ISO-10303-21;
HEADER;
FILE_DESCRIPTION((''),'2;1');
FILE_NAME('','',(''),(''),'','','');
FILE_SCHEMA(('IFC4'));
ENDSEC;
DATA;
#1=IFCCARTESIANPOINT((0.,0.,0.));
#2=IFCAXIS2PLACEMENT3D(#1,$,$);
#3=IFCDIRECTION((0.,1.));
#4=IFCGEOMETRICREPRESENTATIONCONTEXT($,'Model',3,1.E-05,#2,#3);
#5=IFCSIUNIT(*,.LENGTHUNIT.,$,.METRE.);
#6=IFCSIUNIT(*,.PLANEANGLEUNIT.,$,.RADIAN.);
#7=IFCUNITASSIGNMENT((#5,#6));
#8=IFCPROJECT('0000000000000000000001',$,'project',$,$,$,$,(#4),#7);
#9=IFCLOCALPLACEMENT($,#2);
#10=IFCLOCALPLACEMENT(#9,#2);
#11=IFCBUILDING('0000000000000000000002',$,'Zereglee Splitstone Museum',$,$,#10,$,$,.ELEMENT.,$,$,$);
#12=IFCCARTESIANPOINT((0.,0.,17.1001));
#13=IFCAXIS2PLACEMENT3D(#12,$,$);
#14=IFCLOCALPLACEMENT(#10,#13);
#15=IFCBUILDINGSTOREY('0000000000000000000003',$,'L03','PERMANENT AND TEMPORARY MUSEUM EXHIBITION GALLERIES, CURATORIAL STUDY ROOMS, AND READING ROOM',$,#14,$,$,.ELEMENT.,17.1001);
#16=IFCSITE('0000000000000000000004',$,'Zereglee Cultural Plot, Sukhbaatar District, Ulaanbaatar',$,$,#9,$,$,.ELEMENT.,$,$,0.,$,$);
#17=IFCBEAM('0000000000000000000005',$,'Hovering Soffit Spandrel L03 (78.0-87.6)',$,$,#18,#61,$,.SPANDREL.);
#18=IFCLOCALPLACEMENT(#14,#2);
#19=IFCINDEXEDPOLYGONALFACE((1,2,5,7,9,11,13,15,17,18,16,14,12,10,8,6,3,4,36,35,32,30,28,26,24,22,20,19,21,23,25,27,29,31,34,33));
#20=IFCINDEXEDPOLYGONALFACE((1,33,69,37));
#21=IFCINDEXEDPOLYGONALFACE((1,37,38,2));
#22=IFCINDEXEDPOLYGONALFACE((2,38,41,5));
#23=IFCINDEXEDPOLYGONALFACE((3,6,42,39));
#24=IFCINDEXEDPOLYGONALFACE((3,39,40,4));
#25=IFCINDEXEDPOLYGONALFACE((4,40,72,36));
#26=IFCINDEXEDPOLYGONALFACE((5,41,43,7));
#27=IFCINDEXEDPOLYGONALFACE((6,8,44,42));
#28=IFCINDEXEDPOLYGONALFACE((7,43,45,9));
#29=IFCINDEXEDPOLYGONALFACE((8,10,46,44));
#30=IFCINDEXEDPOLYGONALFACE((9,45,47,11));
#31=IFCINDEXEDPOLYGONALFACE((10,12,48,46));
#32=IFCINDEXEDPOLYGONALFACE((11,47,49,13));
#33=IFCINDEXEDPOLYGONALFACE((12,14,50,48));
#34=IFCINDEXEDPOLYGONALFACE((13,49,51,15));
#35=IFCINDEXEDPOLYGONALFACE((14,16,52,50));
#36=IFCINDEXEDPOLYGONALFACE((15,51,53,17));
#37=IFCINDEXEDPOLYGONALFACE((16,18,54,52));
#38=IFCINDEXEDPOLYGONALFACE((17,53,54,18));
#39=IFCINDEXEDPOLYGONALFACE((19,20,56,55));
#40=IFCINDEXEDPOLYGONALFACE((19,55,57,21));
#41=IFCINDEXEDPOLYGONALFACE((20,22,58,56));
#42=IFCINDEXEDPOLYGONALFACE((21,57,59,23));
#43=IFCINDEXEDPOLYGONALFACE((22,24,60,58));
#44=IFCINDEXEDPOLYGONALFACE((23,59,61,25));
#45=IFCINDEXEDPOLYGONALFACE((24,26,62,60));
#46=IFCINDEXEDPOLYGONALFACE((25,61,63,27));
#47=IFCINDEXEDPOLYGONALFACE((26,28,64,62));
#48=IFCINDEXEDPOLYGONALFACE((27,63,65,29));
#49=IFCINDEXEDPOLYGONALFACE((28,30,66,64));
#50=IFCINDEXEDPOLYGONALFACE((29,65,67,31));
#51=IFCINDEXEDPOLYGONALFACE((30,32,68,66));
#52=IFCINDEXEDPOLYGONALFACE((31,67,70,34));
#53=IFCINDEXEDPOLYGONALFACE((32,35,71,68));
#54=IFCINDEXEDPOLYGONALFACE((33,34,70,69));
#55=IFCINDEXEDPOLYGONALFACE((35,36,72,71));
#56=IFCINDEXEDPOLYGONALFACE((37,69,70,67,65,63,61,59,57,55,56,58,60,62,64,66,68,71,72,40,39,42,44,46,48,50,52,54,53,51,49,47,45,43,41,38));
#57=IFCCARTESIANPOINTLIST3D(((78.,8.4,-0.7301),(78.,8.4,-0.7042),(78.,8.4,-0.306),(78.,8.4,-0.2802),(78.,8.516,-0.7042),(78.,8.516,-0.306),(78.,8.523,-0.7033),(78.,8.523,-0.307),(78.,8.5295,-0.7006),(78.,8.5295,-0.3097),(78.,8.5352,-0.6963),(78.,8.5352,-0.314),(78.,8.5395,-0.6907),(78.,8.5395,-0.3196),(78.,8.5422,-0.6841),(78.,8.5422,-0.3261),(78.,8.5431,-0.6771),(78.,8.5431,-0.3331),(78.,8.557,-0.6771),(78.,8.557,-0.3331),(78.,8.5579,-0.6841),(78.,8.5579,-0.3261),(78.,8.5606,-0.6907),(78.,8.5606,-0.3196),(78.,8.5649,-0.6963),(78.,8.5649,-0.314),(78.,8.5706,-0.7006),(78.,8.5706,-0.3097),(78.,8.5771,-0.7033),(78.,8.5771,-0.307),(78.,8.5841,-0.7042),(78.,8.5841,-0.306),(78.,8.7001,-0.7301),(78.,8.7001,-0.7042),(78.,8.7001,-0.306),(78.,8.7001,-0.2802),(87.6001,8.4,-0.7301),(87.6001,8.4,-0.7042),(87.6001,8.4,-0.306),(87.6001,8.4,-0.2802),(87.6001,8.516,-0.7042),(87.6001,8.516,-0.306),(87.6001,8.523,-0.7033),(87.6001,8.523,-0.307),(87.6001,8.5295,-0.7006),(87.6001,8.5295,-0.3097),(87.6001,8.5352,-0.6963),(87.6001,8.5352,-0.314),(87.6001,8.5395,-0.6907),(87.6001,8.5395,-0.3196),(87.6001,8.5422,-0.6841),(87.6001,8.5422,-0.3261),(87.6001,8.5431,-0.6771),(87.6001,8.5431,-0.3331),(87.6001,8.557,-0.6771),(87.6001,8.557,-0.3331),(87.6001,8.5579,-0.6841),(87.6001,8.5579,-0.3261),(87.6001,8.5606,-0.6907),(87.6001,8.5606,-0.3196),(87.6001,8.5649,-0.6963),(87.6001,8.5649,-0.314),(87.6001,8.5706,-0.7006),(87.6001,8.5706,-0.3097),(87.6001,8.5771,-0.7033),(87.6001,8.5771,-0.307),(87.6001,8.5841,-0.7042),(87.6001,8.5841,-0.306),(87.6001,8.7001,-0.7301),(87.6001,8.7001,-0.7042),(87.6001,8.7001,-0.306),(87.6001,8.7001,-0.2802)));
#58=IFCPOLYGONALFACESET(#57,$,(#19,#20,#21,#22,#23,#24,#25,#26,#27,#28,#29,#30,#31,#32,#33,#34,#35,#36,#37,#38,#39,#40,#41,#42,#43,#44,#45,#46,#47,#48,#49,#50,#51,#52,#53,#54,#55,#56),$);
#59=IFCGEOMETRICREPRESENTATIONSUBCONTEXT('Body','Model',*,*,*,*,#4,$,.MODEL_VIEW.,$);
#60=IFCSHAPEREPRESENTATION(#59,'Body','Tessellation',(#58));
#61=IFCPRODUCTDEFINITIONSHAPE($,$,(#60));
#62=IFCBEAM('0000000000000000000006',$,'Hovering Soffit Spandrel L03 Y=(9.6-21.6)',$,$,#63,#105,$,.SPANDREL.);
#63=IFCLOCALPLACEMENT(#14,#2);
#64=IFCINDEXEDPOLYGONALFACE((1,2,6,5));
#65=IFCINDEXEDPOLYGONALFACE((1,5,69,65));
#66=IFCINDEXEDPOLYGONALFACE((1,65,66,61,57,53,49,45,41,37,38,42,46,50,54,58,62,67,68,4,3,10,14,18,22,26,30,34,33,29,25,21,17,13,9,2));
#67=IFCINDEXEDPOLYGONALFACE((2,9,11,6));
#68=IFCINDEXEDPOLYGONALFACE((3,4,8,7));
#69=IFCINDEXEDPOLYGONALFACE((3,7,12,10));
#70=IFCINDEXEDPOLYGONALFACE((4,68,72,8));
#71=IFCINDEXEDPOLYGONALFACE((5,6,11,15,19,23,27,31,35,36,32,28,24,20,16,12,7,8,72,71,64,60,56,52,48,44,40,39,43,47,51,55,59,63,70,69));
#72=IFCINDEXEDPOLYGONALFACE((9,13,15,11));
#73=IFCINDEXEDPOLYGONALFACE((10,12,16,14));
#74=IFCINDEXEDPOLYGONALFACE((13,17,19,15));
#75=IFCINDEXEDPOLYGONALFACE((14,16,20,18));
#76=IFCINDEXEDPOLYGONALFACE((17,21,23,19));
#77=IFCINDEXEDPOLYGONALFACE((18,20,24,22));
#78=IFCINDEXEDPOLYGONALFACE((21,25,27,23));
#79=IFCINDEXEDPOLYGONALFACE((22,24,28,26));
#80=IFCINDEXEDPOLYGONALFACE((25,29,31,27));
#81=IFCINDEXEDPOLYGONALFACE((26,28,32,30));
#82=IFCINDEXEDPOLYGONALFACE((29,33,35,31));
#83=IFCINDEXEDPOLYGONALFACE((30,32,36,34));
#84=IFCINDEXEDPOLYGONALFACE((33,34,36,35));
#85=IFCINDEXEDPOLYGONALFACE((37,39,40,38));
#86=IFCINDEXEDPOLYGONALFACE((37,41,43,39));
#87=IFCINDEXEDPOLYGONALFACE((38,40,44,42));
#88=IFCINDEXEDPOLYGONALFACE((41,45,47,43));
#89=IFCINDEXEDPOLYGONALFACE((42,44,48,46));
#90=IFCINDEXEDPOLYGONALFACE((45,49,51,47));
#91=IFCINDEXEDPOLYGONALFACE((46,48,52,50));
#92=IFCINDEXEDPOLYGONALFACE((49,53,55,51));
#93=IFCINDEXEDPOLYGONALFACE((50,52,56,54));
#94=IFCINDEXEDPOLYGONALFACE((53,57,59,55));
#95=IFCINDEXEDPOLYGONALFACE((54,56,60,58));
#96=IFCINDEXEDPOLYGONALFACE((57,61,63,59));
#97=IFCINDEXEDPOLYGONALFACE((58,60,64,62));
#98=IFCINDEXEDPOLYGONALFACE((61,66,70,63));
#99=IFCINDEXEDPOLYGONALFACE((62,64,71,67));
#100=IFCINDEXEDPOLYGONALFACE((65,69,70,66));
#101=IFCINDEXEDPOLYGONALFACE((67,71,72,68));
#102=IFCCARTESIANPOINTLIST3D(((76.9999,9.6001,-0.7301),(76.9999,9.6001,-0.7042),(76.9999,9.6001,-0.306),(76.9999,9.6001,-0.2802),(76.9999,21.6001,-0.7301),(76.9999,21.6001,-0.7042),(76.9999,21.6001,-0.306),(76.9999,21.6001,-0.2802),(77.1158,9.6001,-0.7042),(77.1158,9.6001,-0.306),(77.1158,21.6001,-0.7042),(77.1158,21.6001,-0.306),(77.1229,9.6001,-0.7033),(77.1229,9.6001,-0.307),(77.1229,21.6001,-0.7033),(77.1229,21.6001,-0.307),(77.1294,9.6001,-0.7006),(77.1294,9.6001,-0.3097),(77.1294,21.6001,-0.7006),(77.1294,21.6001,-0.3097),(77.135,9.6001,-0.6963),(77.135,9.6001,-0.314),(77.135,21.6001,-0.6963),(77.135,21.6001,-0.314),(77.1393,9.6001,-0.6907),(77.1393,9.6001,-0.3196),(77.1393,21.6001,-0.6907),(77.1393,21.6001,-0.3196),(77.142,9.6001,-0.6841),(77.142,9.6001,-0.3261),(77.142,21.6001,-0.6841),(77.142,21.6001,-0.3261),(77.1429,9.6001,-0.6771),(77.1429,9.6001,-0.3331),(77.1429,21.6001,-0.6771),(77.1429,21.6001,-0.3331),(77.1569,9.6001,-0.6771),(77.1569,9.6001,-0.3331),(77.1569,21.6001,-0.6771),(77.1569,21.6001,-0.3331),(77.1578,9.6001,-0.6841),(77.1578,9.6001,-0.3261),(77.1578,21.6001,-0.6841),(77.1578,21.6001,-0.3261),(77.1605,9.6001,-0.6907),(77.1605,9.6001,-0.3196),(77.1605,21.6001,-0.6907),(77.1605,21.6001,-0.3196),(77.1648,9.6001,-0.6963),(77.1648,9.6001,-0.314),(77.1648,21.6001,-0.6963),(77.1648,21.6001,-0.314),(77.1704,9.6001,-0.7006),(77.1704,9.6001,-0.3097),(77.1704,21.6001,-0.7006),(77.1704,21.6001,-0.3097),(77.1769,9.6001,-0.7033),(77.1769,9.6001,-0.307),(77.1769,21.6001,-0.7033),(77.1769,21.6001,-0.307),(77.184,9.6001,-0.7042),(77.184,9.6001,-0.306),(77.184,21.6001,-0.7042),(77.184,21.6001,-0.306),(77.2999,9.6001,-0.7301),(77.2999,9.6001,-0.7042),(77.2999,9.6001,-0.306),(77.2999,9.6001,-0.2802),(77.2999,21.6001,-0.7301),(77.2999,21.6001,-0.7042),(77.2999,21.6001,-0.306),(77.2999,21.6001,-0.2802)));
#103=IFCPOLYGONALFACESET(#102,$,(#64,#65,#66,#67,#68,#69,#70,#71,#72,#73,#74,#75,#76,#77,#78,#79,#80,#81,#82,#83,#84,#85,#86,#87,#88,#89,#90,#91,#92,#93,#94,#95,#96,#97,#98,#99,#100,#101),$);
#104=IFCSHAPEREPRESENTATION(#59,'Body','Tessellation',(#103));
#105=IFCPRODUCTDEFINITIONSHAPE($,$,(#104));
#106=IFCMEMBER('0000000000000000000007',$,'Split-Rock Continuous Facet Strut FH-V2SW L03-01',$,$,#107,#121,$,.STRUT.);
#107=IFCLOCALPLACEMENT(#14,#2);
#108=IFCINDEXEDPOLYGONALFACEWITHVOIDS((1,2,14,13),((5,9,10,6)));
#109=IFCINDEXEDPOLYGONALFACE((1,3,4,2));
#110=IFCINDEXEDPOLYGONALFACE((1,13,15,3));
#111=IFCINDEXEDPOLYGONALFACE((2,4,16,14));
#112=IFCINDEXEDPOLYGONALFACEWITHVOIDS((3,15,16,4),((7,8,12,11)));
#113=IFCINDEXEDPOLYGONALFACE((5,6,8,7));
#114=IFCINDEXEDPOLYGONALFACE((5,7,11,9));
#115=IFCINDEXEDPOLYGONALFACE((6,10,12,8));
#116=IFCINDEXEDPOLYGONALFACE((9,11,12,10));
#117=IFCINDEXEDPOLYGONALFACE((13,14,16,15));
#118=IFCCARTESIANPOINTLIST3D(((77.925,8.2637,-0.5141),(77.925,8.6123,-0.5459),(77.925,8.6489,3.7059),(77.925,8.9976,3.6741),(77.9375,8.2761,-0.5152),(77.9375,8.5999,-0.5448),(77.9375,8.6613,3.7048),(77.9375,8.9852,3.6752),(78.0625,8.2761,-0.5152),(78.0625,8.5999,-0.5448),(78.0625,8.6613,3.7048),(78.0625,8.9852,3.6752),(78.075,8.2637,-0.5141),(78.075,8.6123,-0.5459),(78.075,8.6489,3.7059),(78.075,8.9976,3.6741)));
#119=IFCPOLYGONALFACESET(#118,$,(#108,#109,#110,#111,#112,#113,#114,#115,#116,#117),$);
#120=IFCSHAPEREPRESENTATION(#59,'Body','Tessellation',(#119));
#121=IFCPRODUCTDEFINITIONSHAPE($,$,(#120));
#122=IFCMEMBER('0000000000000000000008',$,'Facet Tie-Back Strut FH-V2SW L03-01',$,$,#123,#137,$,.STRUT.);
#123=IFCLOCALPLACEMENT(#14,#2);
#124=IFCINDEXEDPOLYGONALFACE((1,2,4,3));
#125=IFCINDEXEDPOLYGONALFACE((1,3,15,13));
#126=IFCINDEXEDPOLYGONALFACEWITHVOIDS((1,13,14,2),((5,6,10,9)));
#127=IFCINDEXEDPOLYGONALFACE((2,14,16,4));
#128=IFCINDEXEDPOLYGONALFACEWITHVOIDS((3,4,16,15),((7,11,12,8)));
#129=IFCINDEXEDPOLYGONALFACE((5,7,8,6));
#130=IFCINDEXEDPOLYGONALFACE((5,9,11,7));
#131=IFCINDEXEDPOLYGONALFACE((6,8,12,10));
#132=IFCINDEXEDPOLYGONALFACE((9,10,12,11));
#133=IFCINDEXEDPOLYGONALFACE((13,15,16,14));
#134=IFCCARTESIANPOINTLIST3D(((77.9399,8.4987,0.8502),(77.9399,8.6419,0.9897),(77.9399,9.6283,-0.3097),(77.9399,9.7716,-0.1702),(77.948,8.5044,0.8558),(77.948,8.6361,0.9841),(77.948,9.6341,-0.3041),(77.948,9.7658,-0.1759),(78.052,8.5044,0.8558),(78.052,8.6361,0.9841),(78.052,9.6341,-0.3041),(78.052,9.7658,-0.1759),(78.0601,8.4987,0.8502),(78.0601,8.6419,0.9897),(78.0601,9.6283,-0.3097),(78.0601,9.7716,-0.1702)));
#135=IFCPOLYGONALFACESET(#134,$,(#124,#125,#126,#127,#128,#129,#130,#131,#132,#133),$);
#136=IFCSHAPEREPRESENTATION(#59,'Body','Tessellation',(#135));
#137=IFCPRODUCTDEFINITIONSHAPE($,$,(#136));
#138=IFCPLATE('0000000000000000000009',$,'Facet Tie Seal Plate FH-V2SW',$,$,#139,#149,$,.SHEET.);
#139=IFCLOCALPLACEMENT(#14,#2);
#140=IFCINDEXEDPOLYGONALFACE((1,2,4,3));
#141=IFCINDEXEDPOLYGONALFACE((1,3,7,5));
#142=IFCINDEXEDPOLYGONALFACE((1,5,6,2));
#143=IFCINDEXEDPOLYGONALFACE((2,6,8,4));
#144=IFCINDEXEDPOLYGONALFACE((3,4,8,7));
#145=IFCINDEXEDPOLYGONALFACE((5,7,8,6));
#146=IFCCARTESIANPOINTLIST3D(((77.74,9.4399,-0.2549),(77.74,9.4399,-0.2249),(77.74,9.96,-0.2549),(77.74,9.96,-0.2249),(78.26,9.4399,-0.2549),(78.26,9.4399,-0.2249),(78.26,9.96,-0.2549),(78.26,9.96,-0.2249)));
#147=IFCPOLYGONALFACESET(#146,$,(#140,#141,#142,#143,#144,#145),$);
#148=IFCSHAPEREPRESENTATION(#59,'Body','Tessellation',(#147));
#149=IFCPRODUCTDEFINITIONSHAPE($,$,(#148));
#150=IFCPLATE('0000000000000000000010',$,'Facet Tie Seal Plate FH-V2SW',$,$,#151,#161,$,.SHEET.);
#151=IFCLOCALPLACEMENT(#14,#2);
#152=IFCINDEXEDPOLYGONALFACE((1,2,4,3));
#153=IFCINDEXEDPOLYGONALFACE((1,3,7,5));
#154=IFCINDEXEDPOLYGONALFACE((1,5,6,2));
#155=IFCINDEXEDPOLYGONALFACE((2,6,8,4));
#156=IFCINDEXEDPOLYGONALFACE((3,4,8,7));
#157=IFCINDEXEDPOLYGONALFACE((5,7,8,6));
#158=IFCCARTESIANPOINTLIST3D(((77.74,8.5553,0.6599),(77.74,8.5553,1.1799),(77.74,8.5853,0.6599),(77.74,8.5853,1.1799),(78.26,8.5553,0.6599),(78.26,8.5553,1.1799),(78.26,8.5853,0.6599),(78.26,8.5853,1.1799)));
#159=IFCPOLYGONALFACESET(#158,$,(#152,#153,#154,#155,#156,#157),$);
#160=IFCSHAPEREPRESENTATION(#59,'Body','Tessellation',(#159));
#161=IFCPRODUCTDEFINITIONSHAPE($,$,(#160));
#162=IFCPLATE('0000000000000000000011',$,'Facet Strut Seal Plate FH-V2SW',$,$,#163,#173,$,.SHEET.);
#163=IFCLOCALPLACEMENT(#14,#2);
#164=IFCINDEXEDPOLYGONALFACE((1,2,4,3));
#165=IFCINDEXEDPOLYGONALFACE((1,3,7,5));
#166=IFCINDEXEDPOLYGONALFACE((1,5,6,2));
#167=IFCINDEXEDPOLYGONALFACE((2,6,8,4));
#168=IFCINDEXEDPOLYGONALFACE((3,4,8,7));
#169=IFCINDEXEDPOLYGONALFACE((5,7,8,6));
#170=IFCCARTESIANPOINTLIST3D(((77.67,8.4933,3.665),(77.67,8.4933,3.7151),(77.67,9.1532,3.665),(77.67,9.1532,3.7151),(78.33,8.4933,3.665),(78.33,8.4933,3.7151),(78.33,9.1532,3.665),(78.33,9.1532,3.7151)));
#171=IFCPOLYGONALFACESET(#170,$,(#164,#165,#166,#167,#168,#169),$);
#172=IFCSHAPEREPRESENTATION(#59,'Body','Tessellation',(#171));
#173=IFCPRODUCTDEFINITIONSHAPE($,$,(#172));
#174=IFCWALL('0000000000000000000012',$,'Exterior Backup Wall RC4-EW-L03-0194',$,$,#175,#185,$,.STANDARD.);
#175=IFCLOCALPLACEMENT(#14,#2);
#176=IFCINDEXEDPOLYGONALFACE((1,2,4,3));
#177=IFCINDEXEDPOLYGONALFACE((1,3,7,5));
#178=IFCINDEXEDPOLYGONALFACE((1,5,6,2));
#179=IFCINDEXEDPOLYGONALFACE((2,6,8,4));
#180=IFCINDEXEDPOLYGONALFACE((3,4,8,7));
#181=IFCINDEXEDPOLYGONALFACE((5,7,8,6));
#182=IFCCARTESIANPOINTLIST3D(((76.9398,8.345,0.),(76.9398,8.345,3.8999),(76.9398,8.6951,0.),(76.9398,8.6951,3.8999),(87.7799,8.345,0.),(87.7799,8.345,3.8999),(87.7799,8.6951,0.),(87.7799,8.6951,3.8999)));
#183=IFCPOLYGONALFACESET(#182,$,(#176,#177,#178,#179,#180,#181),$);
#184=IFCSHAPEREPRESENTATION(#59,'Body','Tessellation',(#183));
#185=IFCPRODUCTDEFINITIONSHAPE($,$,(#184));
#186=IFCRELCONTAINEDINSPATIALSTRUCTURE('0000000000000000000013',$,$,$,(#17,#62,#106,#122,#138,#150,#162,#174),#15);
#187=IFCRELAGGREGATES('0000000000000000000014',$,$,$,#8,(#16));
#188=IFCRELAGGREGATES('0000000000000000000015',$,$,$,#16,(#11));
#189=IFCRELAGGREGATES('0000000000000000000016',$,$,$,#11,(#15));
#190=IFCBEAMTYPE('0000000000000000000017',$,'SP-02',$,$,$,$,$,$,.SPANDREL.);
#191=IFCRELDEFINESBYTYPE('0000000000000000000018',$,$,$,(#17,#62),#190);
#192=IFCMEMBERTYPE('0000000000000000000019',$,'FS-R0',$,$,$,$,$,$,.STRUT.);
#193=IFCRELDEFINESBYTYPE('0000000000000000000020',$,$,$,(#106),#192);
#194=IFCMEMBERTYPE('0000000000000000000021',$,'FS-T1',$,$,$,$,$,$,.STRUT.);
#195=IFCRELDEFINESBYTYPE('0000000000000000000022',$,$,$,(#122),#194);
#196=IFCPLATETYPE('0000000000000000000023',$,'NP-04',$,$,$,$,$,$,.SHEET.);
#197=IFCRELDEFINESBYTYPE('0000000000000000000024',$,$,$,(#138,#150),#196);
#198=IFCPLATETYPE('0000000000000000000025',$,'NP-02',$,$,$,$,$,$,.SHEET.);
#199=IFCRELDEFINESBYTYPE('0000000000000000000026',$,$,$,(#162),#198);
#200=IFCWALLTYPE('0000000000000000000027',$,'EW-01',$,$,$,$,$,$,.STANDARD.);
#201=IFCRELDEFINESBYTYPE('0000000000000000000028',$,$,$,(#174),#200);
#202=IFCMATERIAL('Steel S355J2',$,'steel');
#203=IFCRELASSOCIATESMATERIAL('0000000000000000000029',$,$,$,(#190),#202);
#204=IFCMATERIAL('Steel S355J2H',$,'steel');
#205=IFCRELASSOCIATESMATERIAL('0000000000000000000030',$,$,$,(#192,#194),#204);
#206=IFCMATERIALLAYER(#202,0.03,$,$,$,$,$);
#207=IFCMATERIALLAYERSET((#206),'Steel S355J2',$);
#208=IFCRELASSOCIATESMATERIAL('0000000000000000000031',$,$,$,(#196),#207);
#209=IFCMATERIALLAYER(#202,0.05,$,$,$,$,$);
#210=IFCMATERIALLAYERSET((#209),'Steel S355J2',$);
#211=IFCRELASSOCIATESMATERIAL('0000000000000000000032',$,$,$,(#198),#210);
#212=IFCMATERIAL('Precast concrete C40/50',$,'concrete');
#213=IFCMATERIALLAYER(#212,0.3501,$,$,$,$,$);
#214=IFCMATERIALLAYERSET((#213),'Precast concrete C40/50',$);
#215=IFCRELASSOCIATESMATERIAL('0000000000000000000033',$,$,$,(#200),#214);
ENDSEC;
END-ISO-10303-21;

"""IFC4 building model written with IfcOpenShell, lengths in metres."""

from ifc_helpers import new_model, si_unit, direction, frame, frame_2d, origin, origin_2d, place, context, subcontext, project, spatial, rectangle, hollow_rectangle, i_section, extrude, material, layer, layer_set, material_profile, profile_set, type_object, element, save


model = new_model("IFC4")

# Units and contexts
model_context = context("Model", 3, precision=1e-05, world=origin(), true_north=direction((0.0, 1.0)))
body_context = subcontext(model_context, "Body", "Model", "MODEL_VIEW")
ifc_project = project(units=[si_unit("LENGTHUNIT", "METRE"), si_unit("PLANEANGLEUNIT", "RADIAN")], contexts=[model_context])

# Site, building, storey
site_placement = place(None, origin())
site = spatial("IfcSite", under=ifc_project, at=site_placement, Name="Zereglee Cultural Plot, Sukhbaatar District, Ulaanbaatar", CompositionType="ELEMENT", RefElevation=0.0)
building_placement = place(site_placement, origin())
building = spatial("IfcBuilding", under=site, at=building_placement, Name="Zereglee Splitstone Museum", CompositionType="ELEMENT")
storey_placement = place(building_placement, frame((0.0, 0.0, 17.1001)))
storey = spatial("IfcBuildingStorey", under=building, at=storey_placement, Name="L03", Description="PERMANENT AND TEMPORARY MUSEUM EXHIBITION GALLERIES, CURATORIAL STUDY ROOMS, AND READING ROOM", CompositionType="ELEMENT", Elevation=17.1001)

# Shared definitions
ifc_material_1 = material(Name="Steel S355J2H", Category="steel")

# Beams
ifc_material_2 = material(Name="Steel S355J2", Category="steel")
ifc_material_profile_1 = material_profile(ifc_material_2, i_section(OverallWidth=0.3, OverallDepth=0.45, WebThickness=0.0139, FlangeThickness=0.0259, FilletRadius=0.0271, at=origin_2d()), Name="HE 450 B")
ifc_profile_set_1 = profile_set([ifc_material_profile_1], Name="Steel S355J2")
beam_type_1 = type_object("IfcBeamType", Name="SP-02", PredefinedType="SPANDREL", material=ifc_profile_set_1)
beam_1_placement = place(storey_placement, frame((78.0, 8.55, -0.5051), z_axis=(1.0, 0.0, 0.0), x_axis=(0.0, 1.0, 0.0)))
element("IfcBeam", 1, at=beam_1_placement, inside=storey, type_object=beam_type_1, Name="Hovering Soffit Spandrel L03 (78.0-87.6)", PredefinedType="SPANDREL", context=body_context, shape_type="SweptSolid", body=[
    extrude(i_section(OverallWidth=0.3, OverallDepth=0.45, WebThickness=0.0139, FlangeThickness=0.0259, FilletRadius=0.0271, at=origin_2d()), origin(), (0.0, 0.0, 1.0), 9.6001),
])
beam_2_placement = place(storey_placement, frame((77.1499, 9.6001, -0.5051), z_axis=(0.0, 1.0, 0.0), x_axis=(-1.0, 0.0, 0.0)))
element("IfcBeam", 2, at=beam_2_placement, inside=storey, type_object=beam_type_1, Name="Hovering Soffit Spandrel L03 Y=(9.6-21.6)", PredefinedType="SPANDREL", context=body_context, shape_type="SweptSolid", body=[
    extrude(i_section(OverallWidth=0.3, OverallDepth=0.45, WebThickness=0.0139, FlangeThickness=0.0259, FilletRadius=0.0271, at=origin_2d()), origin(), (0.0, 0.0, 1.0), 12.0),
])

# Members
ifc_material_profile_2 = material_profile(ifc_material_1, hollow_rectangle(XDim=0.1499, YDim=0.3501, WallThickness=0.0125, at=origin_2d()), Name="RHS 350x150x12.5")
ifc_profile_set_2 = profile_set([ifc_material_profile_2], Name="Steel S355J2H")
member_type_1 = type_object("IfcMemberType", Name="FS-R0", PredefinedType="STRUT", material=ifc_profile_set_2)
member_1_placement = place(storey_placement, frame((78.0, 8.438, -0.53), z_axis=(0.0, 0.090915, 0.995859), x_axis=(-1.0, 0.0, 0.0)))
element("IfcMember", 3, at=member_1_placement, inside=storey, type_object=member_type_1, Name="Split-Rock Continuous Facet Strut FH-V2SW L03-01", PredefinedType="STRUT", context=body_context, shape_type="SweptSolid", body=[
    extrude(hollow_rectangle(XDim=0.1499, YDim=0.3501, WallThickness=0.0125, at=origin_2d()), origin(), (0.0, 0.0, 1.0), 4.2375),
])
ifc_material_profile_3 = material_profile(ifc_material_1, hollow_rectangle(XDim=0.1201, YDim=0.2, WallThickness=0.0081, at=origin_2d()), Name="RHS 200x120x8")
ifc_profile_set_3 = profile_set([ifc_material_profile_3], Name="Steel S355J2H")
member_type_2 = type_object("IfcMemberType", Name="FS-T1", PredefinedType="STRUT", material=ifc_profile_set_3)
member_2_placement = place(storey_placement, frame((78.0, 9.7, -0.24), z_axis=(0.0, -0.697696, 0.716394), x_axis=(1.0, 0.0, 0.0)))
element("IfcMember", 4, at=member_2_placement, inside=storey, type_object=member_type_2, Name="Facet Tie-Back Strut FH-V2SW L03-01", PredefinedType="STRUT", context=body_context, shape_type="SweptSolid", body=[
    extrude(hollow_rectangle(XDim=0.1201, YDim=0.2, WallThickness=0.0081, at=origin_2d()), origin(), (0.0, 0.0, 1.0), 1.6191),
])

# Plates
ifc_layer_1 = layer(ifc_material_2, 0.03)
ifc_layer_set_1 = layer_set([ifc_layer_1], Name="Steel S355J2")
plate_type_1 = type_object("IfcPlateType", Name="NP-04", PredefinedType="SHEET", material=ifc_layer_set_1)
plate_1_placement = place(storey_placement, frame((78.0, 9.7, -0.2549), z_axis=(0.0, 0.0, 1.0), x_axis=(1.0, 0.0, 0.0)))
element("IfcPlate", 5, at=plate_1_placement, inside=storey, type_object=plate_type_1, Name="Facet Tie Seal Plate FH-V2SW", PredefinedType="SHEET", context=body_context, shape_type="SweptSolid", body=[
    extrude(rectangle(XDim=0.52, YDim=0.52, at=origin_2d()), origin(), (0.0, 0.0, 1.0), 0.03),
])
plate_2_placement = place(storey_placement, frame((78.0, 8.5703, 0.6599), z_axis=(0.0, 0.0, 1.0), x_axis=(1.0, 0.0, 0.0)))
element("IfcPlate", 6, at=plate_2_placement, inside=storey, type_object=plate_type_1, Name="Facet Tie Seal Plate FH-V2SW", PredefinedType="SHEET", context=body_context, shape_type="SweptSolid", body=[
    extrude(rectangle(XDim=0.52, YDim=0.03, at=origin_2d()), origin(), (0.0, 0.0, 1.0), 0.52),
])
ifc_layer_2 = layer(ifc_material_2, 0.05)
ifc_layer_set_2 = layer_set([ifc_layer_2], Name="Steel S355J2")
plate_type_2 = type_object("IfcPlateType", Name="NP-02", PredefinedType="SHEET", material=ifc_layer_set_2)
plate_3_placement = place(storey_placement, frame((78.0, 8.8232, 3.665), z_axis=(0.0, 0.0, 1.0), x_axis=(1.0, 0.0, 0.0)))
element("IfcPlate", 7, at=plate_3_placement, inside=storey, type_object=plate_type_2, Name="Facet Strut Seal Plate FH-V2SW", PredefinedType="SHEET", context=body_context, shape_type="SweptSolid", body=[
    extrude(rectangle(XDim=0.6599, YDim=0.6599, at=origin_2d()), origin(), (0.0, 0.0, 1.0), 0.05),
])

# Wall
ifc_material_3 = material(Name="Precast concrete C40/50", Category="concrete")
ifc_layer_3 = layer(ifc_material_3, 0.3501)
ifc_layer_set_3 = layer_set([ifc_layer_3], Name="Precast concrete C40/50")
wall_type = type_object("IfcWallType", Name="EW-01", PredefinedType="STANDARD", material=ifc_layer_set_3)
wall_placement = place(storey_placement, frame((76.9399, 8.52, 0.0), z_axis=(0.0, 0.0, 1.0), x_axis=(1.0, 0.0, 0.0)))
element("IfcWall", 8, at=wall_placement, inside=storey, type_object=wall_type, Name="Exterior Backup Wall RC4-EW-L03-0194", PredefinedType="STANDARD", context=body_context, shape_type="SweptSolid", body=[
    extrude(rectangle(XDim=10.8401, YDim=0.3501, at=frame_2d((5.4199, 0.0))), origin(), (0.0, 0.0, 1.0), 3.8999),
])

save(model, "model.ifc")
